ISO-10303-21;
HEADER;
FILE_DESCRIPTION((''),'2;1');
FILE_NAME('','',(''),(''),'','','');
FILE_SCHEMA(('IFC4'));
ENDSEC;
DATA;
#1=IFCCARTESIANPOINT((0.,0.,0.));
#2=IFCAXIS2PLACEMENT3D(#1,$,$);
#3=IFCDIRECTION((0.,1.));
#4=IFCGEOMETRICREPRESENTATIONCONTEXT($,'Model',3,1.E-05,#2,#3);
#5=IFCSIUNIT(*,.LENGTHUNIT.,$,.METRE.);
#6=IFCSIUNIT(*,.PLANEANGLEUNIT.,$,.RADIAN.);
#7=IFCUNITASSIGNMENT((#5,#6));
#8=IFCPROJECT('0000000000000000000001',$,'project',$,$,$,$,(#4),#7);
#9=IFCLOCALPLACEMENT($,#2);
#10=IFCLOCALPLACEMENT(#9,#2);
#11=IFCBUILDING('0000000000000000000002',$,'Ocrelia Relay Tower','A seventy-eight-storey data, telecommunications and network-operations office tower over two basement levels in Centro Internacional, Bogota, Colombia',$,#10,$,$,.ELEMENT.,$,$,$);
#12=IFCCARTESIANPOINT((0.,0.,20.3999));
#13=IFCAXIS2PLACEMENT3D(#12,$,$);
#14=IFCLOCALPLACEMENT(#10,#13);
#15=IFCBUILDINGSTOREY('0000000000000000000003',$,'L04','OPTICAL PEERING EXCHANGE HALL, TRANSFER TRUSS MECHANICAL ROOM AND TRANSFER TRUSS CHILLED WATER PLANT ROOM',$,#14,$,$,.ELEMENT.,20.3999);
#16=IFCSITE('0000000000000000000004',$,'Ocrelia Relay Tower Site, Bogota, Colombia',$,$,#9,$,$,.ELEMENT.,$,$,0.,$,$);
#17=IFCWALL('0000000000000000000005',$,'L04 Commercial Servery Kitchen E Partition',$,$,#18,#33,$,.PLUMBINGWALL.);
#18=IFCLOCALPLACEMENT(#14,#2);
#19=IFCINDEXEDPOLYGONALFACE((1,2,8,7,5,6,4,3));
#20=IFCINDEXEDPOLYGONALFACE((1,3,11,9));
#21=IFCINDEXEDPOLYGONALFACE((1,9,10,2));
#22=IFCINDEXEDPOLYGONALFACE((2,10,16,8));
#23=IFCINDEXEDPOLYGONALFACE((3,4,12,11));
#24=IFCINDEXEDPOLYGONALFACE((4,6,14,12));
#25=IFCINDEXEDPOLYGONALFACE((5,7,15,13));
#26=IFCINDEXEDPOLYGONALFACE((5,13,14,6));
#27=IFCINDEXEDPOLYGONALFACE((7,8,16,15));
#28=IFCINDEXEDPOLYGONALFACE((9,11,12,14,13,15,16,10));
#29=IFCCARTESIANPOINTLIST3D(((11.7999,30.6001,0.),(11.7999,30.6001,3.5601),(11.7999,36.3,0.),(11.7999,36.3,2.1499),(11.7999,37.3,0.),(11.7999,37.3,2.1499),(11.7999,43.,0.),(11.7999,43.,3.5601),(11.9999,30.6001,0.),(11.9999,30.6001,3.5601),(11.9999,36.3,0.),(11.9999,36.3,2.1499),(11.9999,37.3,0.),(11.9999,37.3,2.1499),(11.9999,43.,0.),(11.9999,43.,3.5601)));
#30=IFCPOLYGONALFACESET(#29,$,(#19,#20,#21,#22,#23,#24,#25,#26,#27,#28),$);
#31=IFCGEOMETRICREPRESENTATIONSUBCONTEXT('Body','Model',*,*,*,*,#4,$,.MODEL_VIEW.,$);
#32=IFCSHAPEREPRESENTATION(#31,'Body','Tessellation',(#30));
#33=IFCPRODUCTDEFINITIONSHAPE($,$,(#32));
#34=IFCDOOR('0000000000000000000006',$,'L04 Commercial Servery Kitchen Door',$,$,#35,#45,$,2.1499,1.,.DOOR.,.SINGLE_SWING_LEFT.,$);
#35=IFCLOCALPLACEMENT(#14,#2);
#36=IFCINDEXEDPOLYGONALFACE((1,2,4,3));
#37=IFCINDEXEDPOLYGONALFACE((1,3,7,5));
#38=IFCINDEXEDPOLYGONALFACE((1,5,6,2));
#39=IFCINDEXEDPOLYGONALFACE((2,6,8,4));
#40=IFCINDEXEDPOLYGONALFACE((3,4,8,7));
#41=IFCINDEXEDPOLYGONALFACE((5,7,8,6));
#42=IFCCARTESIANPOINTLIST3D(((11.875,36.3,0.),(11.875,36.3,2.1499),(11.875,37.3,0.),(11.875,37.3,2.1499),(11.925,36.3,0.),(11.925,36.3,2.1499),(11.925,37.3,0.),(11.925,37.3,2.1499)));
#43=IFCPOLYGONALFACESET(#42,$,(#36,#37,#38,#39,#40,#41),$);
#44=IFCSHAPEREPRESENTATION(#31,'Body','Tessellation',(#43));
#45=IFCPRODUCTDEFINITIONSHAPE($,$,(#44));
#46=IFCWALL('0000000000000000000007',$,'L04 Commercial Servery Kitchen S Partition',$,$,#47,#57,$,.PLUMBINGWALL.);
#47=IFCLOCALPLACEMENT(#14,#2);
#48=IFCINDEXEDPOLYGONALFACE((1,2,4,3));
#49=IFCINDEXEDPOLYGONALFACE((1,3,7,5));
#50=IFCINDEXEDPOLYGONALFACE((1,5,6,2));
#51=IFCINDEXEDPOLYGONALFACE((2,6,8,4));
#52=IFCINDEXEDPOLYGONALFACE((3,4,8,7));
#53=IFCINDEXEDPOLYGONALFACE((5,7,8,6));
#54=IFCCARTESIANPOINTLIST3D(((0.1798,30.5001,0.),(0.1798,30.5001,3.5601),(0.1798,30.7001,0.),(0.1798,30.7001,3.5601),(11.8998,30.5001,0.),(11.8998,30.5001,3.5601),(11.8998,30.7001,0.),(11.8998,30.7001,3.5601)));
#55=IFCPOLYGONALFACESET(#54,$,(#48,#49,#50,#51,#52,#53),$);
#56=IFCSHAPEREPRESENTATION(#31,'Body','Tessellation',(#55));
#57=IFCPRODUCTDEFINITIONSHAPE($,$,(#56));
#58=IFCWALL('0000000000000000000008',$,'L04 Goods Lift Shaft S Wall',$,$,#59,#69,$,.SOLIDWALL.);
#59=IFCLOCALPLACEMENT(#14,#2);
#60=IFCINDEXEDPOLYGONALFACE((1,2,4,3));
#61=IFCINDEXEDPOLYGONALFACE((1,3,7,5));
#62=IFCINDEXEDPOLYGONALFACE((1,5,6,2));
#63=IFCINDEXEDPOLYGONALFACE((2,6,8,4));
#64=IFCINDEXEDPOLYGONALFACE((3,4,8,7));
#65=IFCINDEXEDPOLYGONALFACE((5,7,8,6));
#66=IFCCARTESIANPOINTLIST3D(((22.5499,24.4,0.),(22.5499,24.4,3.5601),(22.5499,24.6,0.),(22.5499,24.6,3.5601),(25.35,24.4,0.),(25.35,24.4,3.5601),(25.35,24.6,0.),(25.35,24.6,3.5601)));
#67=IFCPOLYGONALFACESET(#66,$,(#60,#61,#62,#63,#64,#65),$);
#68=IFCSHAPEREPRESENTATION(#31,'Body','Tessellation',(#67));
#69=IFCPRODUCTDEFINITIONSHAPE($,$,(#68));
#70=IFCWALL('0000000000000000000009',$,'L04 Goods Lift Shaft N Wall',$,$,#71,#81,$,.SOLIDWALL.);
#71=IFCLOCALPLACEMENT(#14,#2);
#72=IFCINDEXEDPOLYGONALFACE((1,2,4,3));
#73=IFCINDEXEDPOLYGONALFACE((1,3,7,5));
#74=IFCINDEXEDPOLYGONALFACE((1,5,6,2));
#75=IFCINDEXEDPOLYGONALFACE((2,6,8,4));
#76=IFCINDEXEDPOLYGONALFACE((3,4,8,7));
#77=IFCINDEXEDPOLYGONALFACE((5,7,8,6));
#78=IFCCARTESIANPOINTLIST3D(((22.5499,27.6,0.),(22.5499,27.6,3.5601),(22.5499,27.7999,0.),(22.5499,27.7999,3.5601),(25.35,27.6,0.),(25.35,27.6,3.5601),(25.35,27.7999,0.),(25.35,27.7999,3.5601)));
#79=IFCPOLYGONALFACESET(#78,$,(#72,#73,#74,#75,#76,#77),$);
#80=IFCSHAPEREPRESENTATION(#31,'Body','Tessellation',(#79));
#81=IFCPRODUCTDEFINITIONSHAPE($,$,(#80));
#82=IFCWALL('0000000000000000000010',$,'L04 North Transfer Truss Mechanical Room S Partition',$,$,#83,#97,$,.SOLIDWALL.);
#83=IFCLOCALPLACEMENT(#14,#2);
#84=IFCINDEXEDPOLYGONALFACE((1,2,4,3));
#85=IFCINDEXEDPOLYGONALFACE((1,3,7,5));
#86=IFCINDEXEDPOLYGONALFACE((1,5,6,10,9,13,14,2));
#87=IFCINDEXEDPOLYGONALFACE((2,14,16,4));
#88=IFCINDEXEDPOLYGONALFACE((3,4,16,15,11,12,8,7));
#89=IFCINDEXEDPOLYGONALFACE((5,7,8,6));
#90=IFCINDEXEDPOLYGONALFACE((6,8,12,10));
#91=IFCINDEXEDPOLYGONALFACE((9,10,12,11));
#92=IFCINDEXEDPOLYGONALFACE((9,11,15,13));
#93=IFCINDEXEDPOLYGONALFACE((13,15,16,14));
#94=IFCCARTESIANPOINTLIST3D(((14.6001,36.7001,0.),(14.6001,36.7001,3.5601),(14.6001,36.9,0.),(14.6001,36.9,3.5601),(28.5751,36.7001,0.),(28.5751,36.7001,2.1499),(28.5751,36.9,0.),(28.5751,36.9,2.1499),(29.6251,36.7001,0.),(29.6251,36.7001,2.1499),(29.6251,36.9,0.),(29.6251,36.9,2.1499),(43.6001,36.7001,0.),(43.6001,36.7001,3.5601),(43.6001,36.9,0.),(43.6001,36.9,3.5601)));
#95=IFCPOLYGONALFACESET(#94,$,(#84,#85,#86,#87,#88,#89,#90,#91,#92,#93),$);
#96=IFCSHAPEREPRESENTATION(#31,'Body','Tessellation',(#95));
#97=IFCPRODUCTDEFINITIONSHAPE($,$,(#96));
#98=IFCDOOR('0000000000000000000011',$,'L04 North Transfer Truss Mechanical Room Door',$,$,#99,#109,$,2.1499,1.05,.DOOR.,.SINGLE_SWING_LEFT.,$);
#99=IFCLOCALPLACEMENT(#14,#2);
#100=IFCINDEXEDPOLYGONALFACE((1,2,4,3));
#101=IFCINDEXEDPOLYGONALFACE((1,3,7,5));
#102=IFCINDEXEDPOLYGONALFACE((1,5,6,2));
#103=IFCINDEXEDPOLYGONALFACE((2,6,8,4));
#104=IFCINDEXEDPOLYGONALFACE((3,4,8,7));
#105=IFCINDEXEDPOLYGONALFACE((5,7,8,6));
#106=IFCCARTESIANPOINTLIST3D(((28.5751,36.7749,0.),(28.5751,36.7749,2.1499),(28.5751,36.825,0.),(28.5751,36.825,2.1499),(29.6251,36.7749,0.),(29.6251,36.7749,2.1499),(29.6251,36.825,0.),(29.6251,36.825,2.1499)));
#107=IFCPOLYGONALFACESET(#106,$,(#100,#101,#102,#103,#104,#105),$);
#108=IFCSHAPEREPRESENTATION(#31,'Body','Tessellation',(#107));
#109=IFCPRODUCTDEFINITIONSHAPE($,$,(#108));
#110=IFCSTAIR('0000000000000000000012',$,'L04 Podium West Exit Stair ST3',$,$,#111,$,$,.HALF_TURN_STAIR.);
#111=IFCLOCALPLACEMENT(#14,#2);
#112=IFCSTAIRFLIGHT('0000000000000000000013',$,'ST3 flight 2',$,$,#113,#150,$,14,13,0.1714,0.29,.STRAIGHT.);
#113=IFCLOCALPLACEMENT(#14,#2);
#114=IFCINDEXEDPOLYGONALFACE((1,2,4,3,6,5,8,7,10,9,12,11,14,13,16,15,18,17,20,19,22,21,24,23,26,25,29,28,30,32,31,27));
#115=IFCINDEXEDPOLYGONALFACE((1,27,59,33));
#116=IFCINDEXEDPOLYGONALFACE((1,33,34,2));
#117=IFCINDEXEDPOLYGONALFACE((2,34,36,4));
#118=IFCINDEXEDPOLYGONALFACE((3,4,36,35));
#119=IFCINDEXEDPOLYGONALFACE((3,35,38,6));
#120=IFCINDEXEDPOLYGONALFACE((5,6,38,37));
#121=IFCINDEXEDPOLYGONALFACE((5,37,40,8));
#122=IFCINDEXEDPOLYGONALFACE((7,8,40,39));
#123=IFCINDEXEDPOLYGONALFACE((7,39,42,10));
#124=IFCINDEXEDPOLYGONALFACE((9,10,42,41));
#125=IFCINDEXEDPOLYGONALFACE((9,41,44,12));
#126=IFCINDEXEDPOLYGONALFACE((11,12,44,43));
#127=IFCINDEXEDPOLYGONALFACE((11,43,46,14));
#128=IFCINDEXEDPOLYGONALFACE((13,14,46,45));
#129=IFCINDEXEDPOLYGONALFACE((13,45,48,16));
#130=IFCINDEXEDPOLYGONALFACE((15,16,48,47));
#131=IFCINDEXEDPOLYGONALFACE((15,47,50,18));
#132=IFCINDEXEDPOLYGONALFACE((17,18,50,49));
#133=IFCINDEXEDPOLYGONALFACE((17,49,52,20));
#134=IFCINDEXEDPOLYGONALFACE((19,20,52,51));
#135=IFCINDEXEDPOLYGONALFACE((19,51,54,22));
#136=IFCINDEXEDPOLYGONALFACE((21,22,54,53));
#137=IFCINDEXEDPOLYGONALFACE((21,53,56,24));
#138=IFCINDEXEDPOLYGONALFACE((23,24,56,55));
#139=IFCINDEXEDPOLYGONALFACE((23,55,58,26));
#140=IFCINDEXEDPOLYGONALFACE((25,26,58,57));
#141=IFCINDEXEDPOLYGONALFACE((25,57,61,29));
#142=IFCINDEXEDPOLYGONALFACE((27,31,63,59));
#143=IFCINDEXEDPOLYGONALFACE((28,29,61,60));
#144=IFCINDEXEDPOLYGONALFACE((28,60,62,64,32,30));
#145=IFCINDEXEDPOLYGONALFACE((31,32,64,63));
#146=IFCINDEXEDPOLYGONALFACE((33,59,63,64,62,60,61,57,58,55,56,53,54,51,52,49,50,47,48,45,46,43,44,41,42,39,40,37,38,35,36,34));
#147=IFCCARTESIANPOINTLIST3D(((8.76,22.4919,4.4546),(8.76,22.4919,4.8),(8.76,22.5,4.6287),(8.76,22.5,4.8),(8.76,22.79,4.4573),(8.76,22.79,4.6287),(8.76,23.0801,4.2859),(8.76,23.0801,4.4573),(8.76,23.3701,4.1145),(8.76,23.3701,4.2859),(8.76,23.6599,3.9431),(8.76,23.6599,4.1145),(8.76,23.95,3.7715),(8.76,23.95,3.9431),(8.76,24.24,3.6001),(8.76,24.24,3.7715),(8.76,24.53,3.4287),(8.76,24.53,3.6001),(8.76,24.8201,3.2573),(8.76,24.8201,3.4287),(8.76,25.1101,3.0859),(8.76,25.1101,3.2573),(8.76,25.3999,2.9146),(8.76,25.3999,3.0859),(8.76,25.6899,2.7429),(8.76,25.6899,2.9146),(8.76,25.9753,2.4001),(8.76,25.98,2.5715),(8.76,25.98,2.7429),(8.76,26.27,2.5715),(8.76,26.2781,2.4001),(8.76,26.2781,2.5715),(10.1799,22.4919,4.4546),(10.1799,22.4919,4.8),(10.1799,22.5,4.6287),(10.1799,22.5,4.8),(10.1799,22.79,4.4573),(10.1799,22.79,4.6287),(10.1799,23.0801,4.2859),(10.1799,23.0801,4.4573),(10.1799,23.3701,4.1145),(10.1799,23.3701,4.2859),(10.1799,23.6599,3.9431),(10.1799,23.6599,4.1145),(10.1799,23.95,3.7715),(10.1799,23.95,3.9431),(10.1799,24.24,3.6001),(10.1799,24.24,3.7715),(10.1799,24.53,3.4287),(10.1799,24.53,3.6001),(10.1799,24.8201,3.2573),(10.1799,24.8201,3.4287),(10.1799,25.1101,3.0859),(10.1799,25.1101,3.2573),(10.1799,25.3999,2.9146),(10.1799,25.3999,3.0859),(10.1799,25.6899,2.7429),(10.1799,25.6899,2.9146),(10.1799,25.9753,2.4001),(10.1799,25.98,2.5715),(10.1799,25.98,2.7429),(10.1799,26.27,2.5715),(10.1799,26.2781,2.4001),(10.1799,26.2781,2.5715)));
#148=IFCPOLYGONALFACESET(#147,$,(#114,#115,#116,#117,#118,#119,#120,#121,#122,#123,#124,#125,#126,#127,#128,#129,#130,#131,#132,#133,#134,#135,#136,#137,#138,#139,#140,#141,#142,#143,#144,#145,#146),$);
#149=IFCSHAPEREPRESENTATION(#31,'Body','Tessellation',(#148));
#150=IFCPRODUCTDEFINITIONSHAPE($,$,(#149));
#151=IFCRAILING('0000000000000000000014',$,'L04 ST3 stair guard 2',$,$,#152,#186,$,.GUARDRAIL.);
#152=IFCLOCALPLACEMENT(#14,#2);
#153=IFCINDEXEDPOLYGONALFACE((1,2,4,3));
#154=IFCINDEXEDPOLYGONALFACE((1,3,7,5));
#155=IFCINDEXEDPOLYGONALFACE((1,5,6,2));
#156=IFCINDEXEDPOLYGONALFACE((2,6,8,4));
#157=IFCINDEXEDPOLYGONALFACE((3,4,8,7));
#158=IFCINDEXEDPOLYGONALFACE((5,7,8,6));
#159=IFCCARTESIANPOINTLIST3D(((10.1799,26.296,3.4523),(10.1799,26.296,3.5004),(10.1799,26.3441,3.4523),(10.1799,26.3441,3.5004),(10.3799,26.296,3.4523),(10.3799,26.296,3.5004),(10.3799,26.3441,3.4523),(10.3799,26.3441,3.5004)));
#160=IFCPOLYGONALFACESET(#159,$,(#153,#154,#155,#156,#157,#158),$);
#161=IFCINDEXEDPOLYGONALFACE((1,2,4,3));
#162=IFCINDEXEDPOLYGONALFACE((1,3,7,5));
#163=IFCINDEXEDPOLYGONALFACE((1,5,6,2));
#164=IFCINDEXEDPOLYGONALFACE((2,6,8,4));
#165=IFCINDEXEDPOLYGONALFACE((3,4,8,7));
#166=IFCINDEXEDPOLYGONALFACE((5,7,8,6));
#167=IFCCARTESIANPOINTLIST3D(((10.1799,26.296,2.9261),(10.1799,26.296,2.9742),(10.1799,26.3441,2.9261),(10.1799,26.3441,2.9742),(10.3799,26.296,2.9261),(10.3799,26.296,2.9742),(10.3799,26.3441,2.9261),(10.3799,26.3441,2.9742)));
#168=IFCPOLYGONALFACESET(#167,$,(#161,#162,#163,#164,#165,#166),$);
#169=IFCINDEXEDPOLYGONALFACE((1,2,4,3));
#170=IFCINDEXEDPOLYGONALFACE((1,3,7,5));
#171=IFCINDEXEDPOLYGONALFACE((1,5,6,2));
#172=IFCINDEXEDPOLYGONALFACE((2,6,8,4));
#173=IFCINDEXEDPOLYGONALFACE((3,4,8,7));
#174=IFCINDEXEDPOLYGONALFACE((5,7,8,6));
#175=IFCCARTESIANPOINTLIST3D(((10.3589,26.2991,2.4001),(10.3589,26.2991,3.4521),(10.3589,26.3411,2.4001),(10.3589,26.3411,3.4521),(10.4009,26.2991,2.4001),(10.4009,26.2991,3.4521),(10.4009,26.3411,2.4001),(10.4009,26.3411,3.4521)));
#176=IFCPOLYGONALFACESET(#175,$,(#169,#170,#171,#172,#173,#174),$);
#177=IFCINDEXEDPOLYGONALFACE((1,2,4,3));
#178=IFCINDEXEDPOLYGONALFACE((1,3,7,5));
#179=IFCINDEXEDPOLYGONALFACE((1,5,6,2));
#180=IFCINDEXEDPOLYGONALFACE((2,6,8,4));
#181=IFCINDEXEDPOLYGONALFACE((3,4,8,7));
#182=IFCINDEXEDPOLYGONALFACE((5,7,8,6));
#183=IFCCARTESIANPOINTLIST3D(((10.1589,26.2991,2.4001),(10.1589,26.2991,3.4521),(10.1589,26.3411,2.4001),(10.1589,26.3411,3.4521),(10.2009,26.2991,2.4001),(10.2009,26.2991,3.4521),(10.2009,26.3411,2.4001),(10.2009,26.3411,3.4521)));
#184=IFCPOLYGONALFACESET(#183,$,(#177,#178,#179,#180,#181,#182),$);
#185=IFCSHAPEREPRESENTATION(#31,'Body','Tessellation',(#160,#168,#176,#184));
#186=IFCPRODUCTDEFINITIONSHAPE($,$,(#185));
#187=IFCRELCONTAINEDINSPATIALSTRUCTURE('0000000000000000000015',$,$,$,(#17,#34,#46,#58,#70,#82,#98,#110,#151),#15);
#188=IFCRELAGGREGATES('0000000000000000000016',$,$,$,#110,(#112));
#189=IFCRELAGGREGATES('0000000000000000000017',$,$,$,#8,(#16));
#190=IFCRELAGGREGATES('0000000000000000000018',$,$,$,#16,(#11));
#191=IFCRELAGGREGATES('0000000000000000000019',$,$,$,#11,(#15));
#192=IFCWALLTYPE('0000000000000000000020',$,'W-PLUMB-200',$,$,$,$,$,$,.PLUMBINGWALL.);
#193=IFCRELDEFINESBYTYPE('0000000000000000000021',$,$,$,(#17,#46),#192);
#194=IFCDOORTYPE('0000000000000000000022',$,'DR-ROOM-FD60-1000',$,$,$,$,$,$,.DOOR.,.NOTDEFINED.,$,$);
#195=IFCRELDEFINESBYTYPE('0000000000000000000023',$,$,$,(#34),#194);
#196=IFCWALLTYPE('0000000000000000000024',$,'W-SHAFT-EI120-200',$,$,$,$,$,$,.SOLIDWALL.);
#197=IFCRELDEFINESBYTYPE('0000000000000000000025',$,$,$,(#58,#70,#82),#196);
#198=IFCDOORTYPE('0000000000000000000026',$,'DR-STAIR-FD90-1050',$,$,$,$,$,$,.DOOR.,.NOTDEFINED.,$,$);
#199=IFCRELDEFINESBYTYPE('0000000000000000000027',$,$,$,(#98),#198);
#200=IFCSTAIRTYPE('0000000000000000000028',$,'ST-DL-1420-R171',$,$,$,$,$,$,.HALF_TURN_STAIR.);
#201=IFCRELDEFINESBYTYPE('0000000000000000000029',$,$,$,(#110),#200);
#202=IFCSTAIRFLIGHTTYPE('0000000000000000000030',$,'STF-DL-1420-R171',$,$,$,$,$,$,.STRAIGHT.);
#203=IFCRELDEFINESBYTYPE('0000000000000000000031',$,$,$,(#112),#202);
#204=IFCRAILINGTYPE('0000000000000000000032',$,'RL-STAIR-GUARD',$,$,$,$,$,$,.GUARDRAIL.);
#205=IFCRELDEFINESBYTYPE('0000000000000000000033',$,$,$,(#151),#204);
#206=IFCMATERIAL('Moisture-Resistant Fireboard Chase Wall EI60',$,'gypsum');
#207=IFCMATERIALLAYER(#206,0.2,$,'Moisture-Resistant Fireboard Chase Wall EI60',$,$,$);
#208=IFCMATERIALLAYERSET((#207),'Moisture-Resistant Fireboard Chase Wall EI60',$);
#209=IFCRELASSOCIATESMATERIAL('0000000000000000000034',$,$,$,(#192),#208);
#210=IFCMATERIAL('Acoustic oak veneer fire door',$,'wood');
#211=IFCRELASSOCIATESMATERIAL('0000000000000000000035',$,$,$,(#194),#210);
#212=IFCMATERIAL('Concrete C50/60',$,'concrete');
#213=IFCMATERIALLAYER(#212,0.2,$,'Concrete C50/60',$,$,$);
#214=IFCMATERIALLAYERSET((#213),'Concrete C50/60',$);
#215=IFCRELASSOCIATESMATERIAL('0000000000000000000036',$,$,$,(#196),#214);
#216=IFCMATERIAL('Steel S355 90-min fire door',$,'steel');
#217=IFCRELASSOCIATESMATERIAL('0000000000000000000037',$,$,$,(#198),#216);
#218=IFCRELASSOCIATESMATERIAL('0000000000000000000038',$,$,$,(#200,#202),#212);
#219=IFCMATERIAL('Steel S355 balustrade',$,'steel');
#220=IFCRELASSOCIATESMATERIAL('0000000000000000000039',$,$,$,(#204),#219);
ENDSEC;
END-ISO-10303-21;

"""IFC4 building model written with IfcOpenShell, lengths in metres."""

from ifc_helpers import new_model, si_unit, direction, frame, frame_2d, origin, origin_2d, place, context, subcontext, project, spatial, polyline, rectangle, outline, extrude, material, layer, layer_set, type_object, element, fill, aggregate, save


model = new_model("IFC4")

# Units and contexts
model_context = context("Model", 3, precision=1e-05, world=origin(), true_north=direction((0.0, 1.0)))
body_context = subcontext(model_context, "Body", "Model", "MODEL_VIEW")
ifc_project = project(units=[si_unit("LENGTHUNIT", "METRE"), si_unit("PLANEANGLEUNIT", "RADIAN")], contexts=[model_context])

# Site, building, storey
site_placement = place(None, origin())
site = spatial("IfcSite", under=ifc_project, at=site_placement, Name="Ocrelia Relay Tower Site, Bogota, Colombia", CompositionType="ELEMENT", RefElevation=0.0)
building_placement = place(site_placement, origin())
building = spatial("IfcBuilding", under=site, at=building_placement, Name="Ocrelia Relay Tower", Description="A seventy-eight-storey data, telecommunications and network-operations office tower over two basement levels in Centro Internacional, Bogota, Colombia", CompositionType="ELEMENT")
storey_placement = place(building_placement, frame((0.0, 0.0, 20.3999)))
storey = spatial("IfcBuildingStorey", under=building, at=storey_placement, Name="L04", Description="OPTICAL PEERING EXCHANGE HALL, TRANSFER TRUSS MECHANICAL ROOM AND TRANSFER TRUSS CHILLED WATER PLANT ROOM", CompositionType="ELEMENT", Elevation=20.3999)

# Shared definitions
ifc_material_1 = material(Name="Concrete C50/60", Category="concrete")

# Wall, opening, door
ifc_material_2 = material(Name="Moisture-Resistant Fireboard Chase Wall EI60", Category="gypsum")
ifc_layer_1 = layer(ifc_material_2, 0.2, Name="Moisture-Resistant Fireboard Chase Wall EI60")
ifc_layer_set_1 = layer_set([ifc_layer_1], Name="Moisture-Resistant Fireboard Chase Wall EI60")
wall_type_1 = type_object("IfcWallType", Name="W-PLUMB-200", PredefinedType="PLUMBINGWALL", material=ifc_layer_set_1)
wall_1_placement = place(storey_placement, frame((11.8999, 30.6001, 0.0), z_axis=(0.0, 0.0, 1.0), x_axis=(0.0, 1.0, 0.0)))
wall_1 = element("IfcWall", 1, at=wall_1_placement, inside=storey, type_object=wall_type_1, Name="L04 Commercial Servery Kitchen E Partition", PredefinedType="PLUMBINGWALL", context=body_context, shape_type="SweptSolid", body=[
    extrude(rectangle(XDim=12.3999, YDim=0.2, at=frame_2d((6.2, 0.0))), origin(), (0.0, 0.0, 1.0), 3.5601),
])
opening_1_placement = place(wall_1_placement, frame((5.7, 0.0, 0.0)))
opening_1 = element("IfcOpeningElement", 2, at=opening_1_placement, cuts=wall_1, PredefinedType="OPENING", context=body_context, shape_type="SweptSolid", body=[
    extrude(rectangle(XDim=1.0, YDim=2.1499, at=frame_2d((0.5, 1.075))), frame((0.0, 0.1099, 0.0), z_axis=(0.0, -1.0, 0.0), x_axis=(1.0, 0.0, 0.0)), (0.0, 0.0, 1.0), 0.22),
])
ifc_material_3 = material(Name="Acoustic oak veneer fire door", Category="wood")
door_type_1 = type_object("IfcDoorType", Name="DR-ROOM-FD60-1000", OperationType="NOTDEFINED", PredefinedType="DOOR", material=ifc_material_3)
door_1_placement = place(opening_1_placement, origin())
door_1 = element("IfcDoor", 3, at=door_1_placement, inside=storey, type_object=door_type_1, Name="L04 Commercial Servery Kitchen Door", OperationType="SINGLE_SWING_LEFT", OverallHeight=2.1499, OverallWidth=1.0, PredefinedType="DOOR", context=body_context, shape_type="SweptSolid", body=[
    extrude(rectangle(XDim=1.0, YDim=2.1499, at=frame_2d((0.5, 1.075))), frame((0.0, 0.0249, 0.0), z_axis=(0.0, -1.0, 0.0), x_axis=(1.0, 0.0, 0.0)), (0.0, 0.0, 1.0), 0.05),
])
fill(opening_1, door_1)

# Wall
wall_2_placement = place(storey_placement, frame((0.1799, 30.6001, 0.0), z_axis=(0.0, 0.0, 1.0), x_axis=(1.0, 0.0, 0.0)))
element("IfcWall", 4, at=wall_2_placement, inside=storey, type_object=wall_type_1, Name="L04 Commercial Servery Kitchen S Partition", PredefinedType="PLUMBINGWALL", context=body_context, shape_type="SweptSolid", body=[
    extrude(rectangle(XDim=11.72, YDim=0.2, at=frame_2d((5.8599, 0.0))), origin(), (0.0, 0.0, 1.0), 3.5601),
])

# Shared definitions
ifc_layer_2 = layer(ifc_material_1, 0.2, Name="Concrete C50/60")
ifc_layer_set_2 = layer_set([ifc_layer_2], Name="Concrete C50/60")
wall_type_2 = type_object("IfcWallType", Name="W-SHAFT-EI120-200", PredefinedType="SOLIDWALL", material=ifc_layer_set_2)

# Walls
for number, where, z_axis, x_axis, name in (
    (5, (22.55, 24.5, 0.0), (0.0, 0.0, 1.0), (1.0, 0.0, 0.0), "L04 Goods Lift Shaft S Wall"),
    (6, (22.55, 27.7, 0.0), (0.0, 0.0, 1.0), (1.0, 0.0, 0.0), "L04 Goods Lift Shaft N Wall"),
):
    element("IfcWall", number, at=place(storey_placement, frame(where, z_axis=z_axis, x_axis=x_axis)), inside=storey, type_object=wall_type_2, Name=name, PredefinedType="SOLIDWALL", context=body_context, shape_type="SweptSolid", body=[
        extrude(rectangle(XDim=2.8, YDim=0.2, at=frame_2d((1.3999, 0.0))), origin(), (0.0, 0.0, 1.0), 3.5601),
    ])

# Wall, opening, door
wall_3_placement = place(storey_placement, frame((14.6001, 36.8, 0.0), z_axis=(0.0, 0.0, 1.0), x_axis=(1.0, 0.0, 0.0)))
wall_3 = element("IfcWall", 7, at=wall_3_placement, inside=storey, type_object=wall_type_2, Name="L04 North Transfer Truss Mechanical Room S Partition", PredefinedType="SOLIDWALL", context=body_context, shape_type="SweptSolid", body=[
    extrude(rectangle(XDim=29.0, YDim=0.2, at=frame_2d((14.5, 0.0))), origin(), (0.0, 0.0, 1.0), 3.5601),
])
opening_2_placement = place(wall_3_placement, frame((13.9751, 0.0, 0.0)))
opening_2 = element("IfcOpeningElement", 8, at=opening_2_placement, cuts=wall_3, PredefinedType="OPENING", context=body_context, shape_type="SweptSolid", body=[
    extrude(rectangle(XDim=1.05, YDim=2.1499, at=frame_2d((0.5249, 1.075))), frame((0.0, 0.1099, 0.0), z_axis=(0.0, -1.0, 0.0), x_axis=(1.0, 0.0, 0.0)), (0.0, 0.0, 1.0), 0.22),
])
ifc_material_4 = material(Name="Steel S355 90-min fire door", Category="steel")
door_type_2 = type_object("IfcDoorType", Name="DR-STAIR-FD90-1050", OperationType="NOTDEFINED", PredefinedType="DOOR", material=ifc_material_4)
door_2_placement = place(opening_2_placement, origin())
door_2 = element("IfcDoor", 9, at=door_2_placement, inside=storey, type_object=door_type_2, Name="L04 North Transfer Truss Mechanical Room Door", OperationType="SINGLE_SWING_LEFT", OverallHeight=2.1499, OverallWidth=1.05, PredefinedType="DOOR", context=body_context, shape_type="SweptSolid", body=[
    extrude(rectangle(XDim=1.05, YDim=2.1499, at=frame_2d((0.5249, 1.075))), frame((0.0, 0.0249, 0.0), z_axis=(0.0, -1.0, 0.0), x_axis=(1.0, 0.0, 0.0)), (0.0, 0.0, 1.0), 0.05),
])
fill(opening_2, door_2)

# Stair, stair flight
stair_type = type_object("IfcStairType", Name="ST-DL-1420-R171", PredefinedType="HALF_TURN_STAIR", material=ifc_material_1)
stair_placement = place(storey_placement, origin())
stair = element("IfcStair", 10, at=stair_placement, inside=storey, type_object=stair_type, Name="L04 Podium West Exit Stair ST3", PredefinedType="HALF_TURN_STAIR")
stair_flight_type = type_object("IfcStairFlightType", Name="STF-DL-1420-R171", PredefinedType="STRAIGHT", material=ifc_material_1)
stair_flight_placement = place(storey_placement, frame((9.47, 26.27, 2.4001), z_axis=(0.0, 0.0, 1.0), x_axis=(0.0, -1.0, 0.0)))
stair_flight = element("IfcStairFlight", 11, at=stair_flight_placement, type_object=stair_flight_type, Name="ST3 flight 2", NumberOfRisers=14, NumberOfTreads=13, PredefinedType="STRAIGHT", RiserHeight=0.1714, TreadLength=0.29, context=body_context, shape_type="SweptSolid", body=[
    extrude(outline(polyline([(-0.0081, 0.0), (-0.0081, 0.1714), (0.0, 0.1714), (0.29, 0.1714), (0.29, 0.3428), (0.5801, 0.3428), (0.5801, 0.5144), (0.8701, 0.5144), (0.8701, 0.6858), (1.1599, 0.6858), (1.1599, 0.8572), (1.45, 0.8572), (1.45, 1.0286), (1.74, 1.0286), (1.74, 1.2), (2.03, 1.2), (2.03, 1.3713), (2.3201, 1.3713), (2.3201, 1.543), (2.6101, 1.543), (2.6101, 1.7144), (2.8999, 1.7144), (2.8999, 1.8857), (3.1899, 1.8857), (3.1899, 2.0571), (3.48, 2.0571), (3.48, 2.2285), (3.77, 2.2285), (3.77, 2.3999), (3.7781, 2.3999), (3.7781, 2.0544), (0.2947, 0.0), (-0.0081, 0.0)])), frame((0.0, 0.71, 0.0), z_axis=(0.0, -1.0, 0.0), x_axis=(1.0, 0.0, 0.0)), (0.0, 0.0, 1.0), 1.4199),
])
aggregate(stair, [stair_flight])

# Railing
ifc_material_5 = material(Name="Steel S355 balustrade", Category="steel")
railing_type_1 = type_object("IfcRailingType", Name="RL-STAIR-GUARD", PredefinedType="GUARDRAIL", material=ifc_material_5)
railing_1_placement = place(storey_placement, frame((10.3799, 26.3201, 2.4001)))
element("IfcRailing", 12, at=railing_1_placement, inside=storey, type_object=railing_type_1, Name="L04 ST3 stair guard 2", PredefinedType="GUARDRAIL", context=body_context, shape_type="SweptSolid", body=[
    extrude(rectangle(XDim=0.0481, YDim=0.0481, at=origin_2d()), frame((0.0, 0.0, 1.0762), z_axis=(-1.0, 0.0, 0.0), x_axis=(0.0, -1.0, 0.0)), (0.0, 0.0, 1.0), 0.2),
    extrude(rectangle(XDim=0.0481, YDim=0.0481, at=origin_2d()), frame((0.0, 0.0, 0.55), z_axis=(-1.0, 0.0, 0.0), x_axis=(0.0, -1.0, 0.0)), (0.0, 0.0, 1.0), 0.2),
    extrude(rectangle(XDim=0.042, YDim=0.042, at=origin_2d()), origin(), (0.0, 0.0, 1.0), 1.052),
    extrude(rectangle(XDim=0.042, YDim=0.042, at=origin_2d()), frame((-0.2, 0.0, 0.0)), (0.0, 0.0, 1.0), 1.052),
])

save(model, "model.ifc")
